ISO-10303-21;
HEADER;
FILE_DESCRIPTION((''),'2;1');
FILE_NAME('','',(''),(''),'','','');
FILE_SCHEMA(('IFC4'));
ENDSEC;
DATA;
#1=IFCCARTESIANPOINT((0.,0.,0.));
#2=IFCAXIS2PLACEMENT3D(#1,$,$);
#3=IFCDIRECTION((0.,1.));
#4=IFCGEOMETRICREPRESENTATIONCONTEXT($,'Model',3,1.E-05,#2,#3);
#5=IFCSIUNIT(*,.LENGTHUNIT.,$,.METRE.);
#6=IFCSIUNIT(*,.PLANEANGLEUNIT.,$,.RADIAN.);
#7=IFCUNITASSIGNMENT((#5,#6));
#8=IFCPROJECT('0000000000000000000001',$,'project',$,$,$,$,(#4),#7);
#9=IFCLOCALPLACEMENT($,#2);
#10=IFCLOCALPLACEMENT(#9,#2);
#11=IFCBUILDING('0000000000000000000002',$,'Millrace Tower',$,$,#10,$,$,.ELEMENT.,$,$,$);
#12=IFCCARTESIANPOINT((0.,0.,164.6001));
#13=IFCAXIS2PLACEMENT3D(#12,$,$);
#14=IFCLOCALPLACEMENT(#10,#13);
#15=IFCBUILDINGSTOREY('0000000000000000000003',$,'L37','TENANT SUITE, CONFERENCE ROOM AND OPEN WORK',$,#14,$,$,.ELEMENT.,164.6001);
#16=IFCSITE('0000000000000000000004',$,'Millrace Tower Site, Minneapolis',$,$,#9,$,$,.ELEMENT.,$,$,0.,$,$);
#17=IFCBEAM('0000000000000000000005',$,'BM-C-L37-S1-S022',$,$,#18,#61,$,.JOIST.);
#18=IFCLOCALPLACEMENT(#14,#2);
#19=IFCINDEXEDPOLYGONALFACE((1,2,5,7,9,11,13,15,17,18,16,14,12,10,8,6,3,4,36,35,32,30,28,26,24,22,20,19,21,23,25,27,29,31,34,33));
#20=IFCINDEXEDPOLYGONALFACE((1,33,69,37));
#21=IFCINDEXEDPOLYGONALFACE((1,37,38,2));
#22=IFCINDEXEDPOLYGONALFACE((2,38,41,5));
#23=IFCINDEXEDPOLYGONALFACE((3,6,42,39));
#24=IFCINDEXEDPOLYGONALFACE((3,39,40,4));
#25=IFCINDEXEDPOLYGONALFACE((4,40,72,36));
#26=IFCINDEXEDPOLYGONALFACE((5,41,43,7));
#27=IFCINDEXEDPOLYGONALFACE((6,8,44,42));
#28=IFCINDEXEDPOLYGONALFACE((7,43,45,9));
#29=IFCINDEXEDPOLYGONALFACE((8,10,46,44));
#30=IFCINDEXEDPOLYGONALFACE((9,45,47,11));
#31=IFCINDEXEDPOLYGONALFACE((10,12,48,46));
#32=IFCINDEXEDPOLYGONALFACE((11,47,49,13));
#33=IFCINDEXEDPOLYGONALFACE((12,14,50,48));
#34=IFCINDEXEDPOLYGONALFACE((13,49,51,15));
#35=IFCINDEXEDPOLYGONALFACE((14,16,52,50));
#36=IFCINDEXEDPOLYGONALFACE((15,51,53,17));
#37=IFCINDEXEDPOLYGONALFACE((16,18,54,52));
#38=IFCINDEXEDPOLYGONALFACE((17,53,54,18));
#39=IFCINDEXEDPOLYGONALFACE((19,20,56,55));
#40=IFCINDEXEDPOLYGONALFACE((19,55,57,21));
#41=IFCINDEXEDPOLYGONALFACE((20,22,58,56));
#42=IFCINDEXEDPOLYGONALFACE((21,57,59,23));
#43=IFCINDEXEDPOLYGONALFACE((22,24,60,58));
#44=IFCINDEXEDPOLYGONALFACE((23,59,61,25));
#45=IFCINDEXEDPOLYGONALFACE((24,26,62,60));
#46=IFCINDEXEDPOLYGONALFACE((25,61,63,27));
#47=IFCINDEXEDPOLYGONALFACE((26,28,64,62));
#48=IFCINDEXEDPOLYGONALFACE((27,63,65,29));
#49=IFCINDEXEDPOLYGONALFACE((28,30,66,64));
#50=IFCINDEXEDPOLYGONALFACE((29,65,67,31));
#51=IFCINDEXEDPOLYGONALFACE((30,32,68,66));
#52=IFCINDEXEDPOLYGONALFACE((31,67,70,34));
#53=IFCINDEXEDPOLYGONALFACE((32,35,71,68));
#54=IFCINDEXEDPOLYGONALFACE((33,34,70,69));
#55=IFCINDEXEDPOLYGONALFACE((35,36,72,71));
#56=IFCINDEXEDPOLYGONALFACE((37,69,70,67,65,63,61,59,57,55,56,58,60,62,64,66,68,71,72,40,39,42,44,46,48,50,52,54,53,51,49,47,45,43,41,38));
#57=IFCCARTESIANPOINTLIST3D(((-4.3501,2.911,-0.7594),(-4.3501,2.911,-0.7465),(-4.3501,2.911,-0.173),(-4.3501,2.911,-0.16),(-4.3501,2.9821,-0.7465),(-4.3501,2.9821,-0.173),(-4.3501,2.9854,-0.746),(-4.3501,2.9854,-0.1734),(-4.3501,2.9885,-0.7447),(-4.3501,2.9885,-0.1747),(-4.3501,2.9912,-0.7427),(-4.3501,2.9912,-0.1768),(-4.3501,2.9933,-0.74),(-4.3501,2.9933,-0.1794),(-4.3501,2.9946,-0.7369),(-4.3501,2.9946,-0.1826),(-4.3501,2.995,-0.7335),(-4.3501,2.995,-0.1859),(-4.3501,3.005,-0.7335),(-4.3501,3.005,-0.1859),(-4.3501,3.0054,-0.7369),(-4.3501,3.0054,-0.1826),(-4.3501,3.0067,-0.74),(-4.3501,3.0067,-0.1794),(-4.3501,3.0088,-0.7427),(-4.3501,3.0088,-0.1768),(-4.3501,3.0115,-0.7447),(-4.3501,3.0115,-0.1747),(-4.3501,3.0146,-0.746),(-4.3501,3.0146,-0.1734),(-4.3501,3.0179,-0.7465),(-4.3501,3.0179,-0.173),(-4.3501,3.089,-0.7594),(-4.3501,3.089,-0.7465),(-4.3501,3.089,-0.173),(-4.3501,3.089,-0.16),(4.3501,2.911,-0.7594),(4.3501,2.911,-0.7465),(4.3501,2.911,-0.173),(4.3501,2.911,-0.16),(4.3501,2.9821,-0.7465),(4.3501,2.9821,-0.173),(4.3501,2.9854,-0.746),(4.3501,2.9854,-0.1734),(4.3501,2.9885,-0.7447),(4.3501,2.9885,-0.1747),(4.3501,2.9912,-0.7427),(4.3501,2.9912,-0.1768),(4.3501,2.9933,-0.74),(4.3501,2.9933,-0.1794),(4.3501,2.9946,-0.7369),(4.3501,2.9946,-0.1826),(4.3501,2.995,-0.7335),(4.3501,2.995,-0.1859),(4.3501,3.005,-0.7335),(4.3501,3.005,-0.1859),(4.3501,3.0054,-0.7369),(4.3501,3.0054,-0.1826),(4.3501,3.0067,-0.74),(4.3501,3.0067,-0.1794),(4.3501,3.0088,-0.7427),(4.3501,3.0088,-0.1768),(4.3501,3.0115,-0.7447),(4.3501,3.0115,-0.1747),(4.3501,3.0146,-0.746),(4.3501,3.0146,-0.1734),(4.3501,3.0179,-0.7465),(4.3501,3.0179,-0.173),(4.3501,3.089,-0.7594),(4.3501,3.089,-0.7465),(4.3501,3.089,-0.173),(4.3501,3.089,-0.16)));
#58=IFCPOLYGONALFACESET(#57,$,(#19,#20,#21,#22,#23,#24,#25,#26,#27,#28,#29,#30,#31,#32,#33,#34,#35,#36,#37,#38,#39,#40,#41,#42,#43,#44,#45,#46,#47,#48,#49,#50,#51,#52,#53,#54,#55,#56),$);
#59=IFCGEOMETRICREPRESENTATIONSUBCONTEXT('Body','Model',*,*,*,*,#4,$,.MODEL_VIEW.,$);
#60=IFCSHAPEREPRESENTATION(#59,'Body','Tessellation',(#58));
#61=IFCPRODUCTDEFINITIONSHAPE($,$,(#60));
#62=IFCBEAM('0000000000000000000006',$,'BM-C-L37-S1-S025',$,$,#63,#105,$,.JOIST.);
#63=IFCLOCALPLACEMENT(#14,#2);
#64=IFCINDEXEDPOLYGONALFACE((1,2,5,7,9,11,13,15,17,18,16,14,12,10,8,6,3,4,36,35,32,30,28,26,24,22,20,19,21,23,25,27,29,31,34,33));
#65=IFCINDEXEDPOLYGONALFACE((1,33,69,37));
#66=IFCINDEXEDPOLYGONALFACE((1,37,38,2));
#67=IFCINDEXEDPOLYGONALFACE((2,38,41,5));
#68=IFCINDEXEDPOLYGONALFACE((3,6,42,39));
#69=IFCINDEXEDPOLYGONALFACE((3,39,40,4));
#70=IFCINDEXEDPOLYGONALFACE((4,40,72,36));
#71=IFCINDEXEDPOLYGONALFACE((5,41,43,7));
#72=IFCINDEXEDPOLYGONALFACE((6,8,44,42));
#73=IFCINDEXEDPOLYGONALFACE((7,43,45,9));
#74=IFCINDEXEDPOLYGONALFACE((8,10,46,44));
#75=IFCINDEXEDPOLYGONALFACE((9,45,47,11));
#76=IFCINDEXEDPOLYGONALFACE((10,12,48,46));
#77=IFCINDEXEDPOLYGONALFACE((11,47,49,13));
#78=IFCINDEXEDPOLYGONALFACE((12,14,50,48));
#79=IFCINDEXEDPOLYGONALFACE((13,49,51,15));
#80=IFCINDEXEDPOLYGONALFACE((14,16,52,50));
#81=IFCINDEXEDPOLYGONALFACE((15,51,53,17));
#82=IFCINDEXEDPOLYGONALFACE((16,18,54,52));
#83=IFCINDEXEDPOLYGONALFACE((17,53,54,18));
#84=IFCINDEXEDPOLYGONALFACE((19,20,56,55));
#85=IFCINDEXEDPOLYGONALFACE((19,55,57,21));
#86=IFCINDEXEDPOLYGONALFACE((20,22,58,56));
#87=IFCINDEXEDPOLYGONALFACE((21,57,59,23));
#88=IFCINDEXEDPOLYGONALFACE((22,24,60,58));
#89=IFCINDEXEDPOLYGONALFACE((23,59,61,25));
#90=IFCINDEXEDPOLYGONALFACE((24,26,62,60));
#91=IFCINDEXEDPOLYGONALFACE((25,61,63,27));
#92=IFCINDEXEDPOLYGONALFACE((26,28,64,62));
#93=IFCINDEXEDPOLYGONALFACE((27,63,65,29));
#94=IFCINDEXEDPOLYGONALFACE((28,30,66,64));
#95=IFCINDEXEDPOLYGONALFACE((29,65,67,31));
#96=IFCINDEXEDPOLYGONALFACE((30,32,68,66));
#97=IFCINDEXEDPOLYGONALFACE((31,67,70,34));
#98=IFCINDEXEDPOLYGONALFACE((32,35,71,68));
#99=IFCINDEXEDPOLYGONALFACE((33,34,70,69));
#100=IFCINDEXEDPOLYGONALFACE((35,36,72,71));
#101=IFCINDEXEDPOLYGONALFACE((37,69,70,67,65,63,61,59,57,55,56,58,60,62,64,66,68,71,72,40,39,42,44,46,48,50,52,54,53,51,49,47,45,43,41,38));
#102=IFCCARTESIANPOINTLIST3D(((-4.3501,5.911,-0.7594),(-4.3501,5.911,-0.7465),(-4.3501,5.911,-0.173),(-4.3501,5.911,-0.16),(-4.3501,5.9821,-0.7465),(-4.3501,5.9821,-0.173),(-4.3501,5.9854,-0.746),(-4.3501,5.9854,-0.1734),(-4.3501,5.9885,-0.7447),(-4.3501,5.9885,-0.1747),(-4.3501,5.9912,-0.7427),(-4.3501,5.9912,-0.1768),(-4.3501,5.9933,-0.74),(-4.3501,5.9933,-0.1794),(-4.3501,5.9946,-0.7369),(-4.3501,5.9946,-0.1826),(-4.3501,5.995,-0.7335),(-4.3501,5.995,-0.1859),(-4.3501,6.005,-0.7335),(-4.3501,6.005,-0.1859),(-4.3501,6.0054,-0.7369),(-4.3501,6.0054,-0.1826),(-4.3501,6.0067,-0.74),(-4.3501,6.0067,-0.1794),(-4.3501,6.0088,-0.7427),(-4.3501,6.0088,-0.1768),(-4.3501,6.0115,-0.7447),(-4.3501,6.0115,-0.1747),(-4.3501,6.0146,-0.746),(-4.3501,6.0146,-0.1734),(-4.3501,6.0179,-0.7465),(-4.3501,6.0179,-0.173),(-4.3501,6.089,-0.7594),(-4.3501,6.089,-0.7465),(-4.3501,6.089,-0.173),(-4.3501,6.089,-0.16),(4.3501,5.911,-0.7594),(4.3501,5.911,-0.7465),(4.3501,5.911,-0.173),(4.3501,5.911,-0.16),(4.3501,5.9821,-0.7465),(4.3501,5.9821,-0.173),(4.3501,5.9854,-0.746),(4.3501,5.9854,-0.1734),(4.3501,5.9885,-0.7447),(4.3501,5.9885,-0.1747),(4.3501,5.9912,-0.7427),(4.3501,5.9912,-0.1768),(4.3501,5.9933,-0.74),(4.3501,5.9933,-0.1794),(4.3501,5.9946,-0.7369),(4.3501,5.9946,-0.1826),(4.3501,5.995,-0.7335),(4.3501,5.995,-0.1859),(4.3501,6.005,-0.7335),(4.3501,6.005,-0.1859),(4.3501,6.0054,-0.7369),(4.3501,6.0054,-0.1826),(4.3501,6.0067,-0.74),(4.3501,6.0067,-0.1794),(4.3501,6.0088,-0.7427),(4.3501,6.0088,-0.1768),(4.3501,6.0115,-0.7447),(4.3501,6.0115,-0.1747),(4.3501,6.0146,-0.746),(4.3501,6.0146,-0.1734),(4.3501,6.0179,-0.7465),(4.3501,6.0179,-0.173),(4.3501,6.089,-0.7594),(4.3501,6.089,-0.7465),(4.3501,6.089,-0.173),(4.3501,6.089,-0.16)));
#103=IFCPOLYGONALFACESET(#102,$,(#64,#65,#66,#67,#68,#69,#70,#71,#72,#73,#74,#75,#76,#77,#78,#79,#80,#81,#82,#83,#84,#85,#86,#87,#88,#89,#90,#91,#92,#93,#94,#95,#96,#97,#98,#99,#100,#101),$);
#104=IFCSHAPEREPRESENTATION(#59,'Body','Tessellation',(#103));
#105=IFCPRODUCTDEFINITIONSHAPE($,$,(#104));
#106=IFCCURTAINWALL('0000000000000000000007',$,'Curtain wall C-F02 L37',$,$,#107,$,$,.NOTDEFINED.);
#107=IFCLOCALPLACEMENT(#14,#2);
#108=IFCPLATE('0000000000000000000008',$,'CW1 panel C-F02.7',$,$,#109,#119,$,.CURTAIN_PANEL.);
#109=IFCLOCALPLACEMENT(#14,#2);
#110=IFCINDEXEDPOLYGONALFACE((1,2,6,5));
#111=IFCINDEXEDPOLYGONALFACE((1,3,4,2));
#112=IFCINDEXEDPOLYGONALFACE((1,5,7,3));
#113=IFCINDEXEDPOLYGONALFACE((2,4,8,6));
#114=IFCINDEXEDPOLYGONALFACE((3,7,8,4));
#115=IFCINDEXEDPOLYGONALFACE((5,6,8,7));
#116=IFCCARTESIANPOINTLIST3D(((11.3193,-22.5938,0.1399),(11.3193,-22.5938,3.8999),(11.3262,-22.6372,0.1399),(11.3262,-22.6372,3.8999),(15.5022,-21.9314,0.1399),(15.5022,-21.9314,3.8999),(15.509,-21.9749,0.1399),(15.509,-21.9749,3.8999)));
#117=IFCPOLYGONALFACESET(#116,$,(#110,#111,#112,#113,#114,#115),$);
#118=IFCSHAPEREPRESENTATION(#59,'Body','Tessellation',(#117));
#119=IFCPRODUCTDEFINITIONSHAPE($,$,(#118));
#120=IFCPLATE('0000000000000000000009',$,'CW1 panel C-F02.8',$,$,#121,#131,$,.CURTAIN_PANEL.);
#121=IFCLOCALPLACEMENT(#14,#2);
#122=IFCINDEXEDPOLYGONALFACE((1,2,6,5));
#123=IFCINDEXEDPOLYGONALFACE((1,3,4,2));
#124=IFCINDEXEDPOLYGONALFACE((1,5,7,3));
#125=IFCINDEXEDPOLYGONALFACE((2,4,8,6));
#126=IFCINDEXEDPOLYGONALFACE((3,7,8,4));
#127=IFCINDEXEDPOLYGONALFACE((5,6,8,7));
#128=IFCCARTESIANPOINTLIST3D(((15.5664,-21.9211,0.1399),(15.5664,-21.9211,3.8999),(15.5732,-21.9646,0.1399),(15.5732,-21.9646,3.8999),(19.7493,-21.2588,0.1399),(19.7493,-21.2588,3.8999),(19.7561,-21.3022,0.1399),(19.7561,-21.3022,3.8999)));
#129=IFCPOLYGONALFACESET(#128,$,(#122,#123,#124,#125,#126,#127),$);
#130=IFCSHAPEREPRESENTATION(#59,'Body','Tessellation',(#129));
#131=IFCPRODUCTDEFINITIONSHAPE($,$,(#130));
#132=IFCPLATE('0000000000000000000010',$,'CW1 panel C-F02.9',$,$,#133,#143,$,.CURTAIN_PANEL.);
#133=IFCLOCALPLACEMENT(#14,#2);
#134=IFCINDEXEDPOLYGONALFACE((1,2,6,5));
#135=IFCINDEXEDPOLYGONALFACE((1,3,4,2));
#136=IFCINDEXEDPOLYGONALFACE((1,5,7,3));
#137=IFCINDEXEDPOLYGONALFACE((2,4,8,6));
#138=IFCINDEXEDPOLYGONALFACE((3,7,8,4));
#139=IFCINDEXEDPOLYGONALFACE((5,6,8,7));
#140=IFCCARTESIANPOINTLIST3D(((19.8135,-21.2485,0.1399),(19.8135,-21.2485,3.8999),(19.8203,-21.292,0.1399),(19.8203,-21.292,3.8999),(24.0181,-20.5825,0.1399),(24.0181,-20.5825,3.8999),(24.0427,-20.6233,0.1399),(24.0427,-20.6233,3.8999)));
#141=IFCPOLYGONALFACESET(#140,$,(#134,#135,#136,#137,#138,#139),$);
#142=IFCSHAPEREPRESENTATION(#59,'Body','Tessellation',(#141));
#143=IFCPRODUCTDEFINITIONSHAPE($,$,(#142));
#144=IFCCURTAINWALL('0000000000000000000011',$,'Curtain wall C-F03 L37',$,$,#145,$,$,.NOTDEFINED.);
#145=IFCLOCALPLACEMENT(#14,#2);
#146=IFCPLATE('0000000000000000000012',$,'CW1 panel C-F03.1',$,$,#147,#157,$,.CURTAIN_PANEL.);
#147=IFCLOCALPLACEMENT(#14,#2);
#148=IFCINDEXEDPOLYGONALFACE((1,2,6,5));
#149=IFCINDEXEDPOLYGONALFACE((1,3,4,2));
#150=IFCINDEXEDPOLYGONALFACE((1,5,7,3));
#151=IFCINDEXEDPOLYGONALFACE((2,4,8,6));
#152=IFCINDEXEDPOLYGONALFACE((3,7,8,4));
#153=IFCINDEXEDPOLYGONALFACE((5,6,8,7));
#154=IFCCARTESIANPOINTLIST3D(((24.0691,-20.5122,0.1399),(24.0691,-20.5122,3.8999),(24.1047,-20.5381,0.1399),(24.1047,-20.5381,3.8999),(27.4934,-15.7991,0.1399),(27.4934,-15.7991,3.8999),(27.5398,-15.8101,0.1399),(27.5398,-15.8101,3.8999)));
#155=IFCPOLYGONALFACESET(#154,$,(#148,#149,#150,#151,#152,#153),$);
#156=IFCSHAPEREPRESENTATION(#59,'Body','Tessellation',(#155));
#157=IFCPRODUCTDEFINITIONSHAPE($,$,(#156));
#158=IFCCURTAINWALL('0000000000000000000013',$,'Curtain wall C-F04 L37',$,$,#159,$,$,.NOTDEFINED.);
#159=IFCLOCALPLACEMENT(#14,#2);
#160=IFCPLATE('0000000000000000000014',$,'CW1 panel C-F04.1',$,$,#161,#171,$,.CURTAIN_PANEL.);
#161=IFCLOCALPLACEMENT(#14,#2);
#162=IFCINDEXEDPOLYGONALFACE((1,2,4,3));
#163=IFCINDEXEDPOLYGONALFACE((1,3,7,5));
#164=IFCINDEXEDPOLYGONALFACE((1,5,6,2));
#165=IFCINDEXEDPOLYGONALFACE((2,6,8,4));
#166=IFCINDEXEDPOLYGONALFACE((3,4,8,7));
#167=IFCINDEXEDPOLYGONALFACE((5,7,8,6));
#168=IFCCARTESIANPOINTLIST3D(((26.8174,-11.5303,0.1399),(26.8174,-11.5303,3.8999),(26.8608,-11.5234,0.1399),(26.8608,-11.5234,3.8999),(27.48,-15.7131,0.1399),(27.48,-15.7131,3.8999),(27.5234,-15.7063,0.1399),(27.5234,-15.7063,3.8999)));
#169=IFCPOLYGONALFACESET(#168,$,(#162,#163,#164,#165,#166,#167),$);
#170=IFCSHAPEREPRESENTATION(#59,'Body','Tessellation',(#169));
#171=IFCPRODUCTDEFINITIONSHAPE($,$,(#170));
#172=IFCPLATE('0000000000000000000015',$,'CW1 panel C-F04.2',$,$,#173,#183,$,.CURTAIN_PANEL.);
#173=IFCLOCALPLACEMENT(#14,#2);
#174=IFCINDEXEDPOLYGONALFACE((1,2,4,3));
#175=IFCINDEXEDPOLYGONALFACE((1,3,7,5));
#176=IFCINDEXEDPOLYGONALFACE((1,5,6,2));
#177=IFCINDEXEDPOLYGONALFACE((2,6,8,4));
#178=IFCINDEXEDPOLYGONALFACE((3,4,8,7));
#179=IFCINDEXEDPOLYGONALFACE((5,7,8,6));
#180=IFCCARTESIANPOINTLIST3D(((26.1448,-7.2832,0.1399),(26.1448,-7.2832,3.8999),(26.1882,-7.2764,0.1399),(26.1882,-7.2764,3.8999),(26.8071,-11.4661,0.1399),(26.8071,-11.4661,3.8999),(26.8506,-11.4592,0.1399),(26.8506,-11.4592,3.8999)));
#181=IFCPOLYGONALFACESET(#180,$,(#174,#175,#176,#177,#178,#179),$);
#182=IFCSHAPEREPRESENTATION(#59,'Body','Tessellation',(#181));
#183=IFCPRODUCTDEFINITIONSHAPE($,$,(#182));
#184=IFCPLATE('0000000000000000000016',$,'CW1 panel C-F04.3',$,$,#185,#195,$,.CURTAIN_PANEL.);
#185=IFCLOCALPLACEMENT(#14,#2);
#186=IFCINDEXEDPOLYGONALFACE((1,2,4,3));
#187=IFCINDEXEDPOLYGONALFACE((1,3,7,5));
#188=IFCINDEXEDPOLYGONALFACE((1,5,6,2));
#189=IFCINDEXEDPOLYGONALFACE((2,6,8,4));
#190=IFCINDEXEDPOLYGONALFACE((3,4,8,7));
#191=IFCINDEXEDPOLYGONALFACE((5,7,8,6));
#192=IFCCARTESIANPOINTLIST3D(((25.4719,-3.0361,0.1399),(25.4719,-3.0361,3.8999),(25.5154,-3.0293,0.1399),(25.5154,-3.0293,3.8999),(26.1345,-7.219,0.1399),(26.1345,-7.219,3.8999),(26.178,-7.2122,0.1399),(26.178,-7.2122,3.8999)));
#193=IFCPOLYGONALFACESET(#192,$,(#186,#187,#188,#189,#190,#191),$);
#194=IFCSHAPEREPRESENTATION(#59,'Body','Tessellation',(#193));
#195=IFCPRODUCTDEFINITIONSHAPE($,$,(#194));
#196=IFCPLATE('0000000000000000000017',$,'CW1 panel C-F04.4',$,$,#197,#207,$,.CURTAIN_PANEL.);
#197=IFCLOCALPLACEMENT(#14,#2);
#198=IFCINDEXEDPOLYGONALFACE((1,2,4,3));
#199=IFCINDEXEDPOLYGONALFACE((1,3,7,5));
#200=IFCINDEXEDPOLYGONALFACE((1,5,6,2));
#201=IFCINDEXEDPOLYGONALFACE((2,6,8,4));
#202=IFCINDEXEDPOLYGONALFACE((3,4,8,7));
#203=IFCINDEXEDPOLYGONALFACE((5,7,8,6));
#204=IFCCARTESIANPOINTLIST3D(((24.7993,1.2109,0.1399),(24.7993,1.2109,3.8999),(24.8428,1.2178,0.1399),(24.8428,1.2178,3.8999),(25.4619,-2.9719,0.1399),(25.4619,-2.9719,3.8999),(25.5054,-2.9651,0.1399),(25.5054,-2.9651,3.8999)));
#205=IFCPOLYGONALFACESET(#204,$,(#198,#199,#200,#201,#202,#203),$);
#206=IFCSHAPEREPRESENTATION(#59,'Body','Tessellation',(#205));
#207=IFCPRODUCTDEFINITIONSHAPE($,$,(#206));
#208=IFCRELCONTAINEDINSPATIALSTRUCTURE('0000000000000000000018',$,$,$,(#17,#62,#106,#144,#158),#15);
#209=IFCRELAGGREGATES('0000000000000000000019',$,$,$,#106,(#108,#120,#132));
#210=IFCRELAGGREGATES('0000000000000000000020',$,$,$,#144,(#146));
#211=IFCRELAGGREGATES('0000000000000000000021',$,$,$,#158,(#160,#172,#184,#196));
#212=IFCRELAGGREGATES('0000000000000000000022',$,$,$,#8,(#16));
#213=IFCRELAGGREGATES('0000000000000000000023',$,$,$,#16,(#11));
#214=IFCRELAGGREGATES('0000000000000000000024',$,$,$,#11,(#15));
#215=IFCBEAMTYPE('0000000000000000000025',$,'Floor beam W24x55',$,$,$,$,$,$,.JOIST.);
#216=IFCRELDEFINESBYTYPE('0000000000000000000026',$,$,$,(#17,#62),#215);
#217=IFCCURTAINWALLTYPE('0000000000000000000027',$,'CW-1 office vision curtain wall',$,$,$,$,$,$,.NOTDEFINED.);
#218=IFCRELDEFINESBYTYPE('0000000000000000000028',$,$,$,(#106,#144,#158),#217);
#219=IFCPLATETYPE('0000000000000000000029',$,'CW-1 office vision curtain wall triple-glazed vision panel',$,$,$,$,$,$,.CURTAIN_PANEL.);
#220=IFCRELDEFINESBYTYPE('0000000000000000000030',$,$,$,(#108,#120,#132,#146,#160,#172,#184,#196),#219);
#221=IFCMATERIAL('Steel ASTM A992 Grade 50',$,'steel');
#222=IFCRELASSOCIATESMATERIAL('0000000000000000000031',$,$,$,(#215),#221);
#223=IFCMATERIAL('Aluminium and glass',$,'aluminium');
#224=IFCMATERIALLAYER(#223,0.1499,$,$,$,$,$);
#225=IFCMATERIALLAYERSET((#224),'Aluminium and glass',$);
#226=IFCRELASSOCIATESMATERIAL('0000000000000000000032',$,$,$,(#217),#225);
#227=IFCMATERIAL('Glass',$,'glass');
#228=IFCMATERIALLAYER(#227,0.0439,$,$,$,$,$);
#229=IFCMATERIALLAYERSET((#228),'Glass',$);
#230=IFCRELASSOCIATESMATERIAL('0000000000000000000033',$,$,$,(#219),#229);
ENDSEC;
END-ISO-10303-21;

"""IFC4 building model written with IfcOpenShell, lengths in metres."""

from ifc_helpers import new_model, si_unit, direction, frame, origin, origin_2d, place, context, subcontext, project, spatial, polyline, i_section, outline, extrude, material, layer, layer_set, material_profile, profile_set, type_object, element, aggregate, save


model = new_model("IFC4")

# Units and contexts
model_context = context("Model", 3, precision=1e-05, world=origin(), true_north=direction((0.0, 1.0)))
body_context = subcontext(model_context, "Body", "Model", "MODEL_VIEW")
ifc_project = project(units=[si_unit("LENGTHUNIT", "METRE"), si_unit("PLANEANGLEUNIT", "RADIAN")], contexts=[model_context])

# Site, building, storey
site_placement = place(None, origin())
site = spatial("IfcSite", under=ifc_project, at=site_placement, Name="Millrace Tower Site, Minneapolis", CompositionType="ELEMENT", RefElevation=0.0)
building_placement = place(site_placement, origin())
building = spatial("IfcBuilding", under=site, at=building_placement, Name="Millrace Tower", CompositionType="ELEMENT")
storey_placement = place(building_placement, frame((0.0, 0.0, 164.6001)))
storey = spatial("IfcBuildingStorey", under=building, at=storey_placement, Name="L37", Description="TENANT SUITE, CONFERENCE ROOM AND OPEN WORK", CompositionType="ELEMENT", Elevation=164.6001)

# Beams
ifc_material_1 = material(Name="Steel ASTM A992 Grade 50", Category="steel")
ifc_material_profile = material_profile(ifc_material_1, i_section(OverallWidth=0.178, OverallDepth=0.5994, WebThickness=0.01, FlangeThickness=0.0129, FilletRadius=0.0129, at=origin_2d()))
ifc_profile_set = profile_set([ifc_material_profile], Name="Steel ASTM A992 Grade 50")
beam_type = type_object("IfcBeamType", Name="Floor beam W24x55", PredefinedType="JOIST", material=ifc_profile_set)
for number, where, z_axis, x_axis, name in (
    (1, (-4.3501, 3.0, -0.4597), (1.0, 0.0, 0.0), (0.0, 1.0, 0.0), "BM-C-L37-S1-S022"),
    (2, (-4.3501, 6.0, -0.4597), (1.0, 0.0, 0.0), (0.0, 1.0, 0.0), "BM-C-L37-S1-S025"),
):
    element("IfcBeam", number, at=place(storey_placement, frame(where, z_axis=z_axis, x_axis=x_axis)), inside=storey, type_object=beam_type, Name=name, PredefinedType="JOIST", context=body_context, shape_type="SweptSolid", body=[
        extrude(i_section(OverallWidth=0.178, OverallDepth=0.5994, WebThickness=0.01, FlangeThickness=0.0129, FilletRadius=0.0129, at=origin_2d()), origin(), (0.0, 0.0, 1.0), 8.7002),
    ])

# Curtain wall, plates
ifc_material_2 = material(Name="Aluminium and glass", Category="aluminium")
ifc_layer_1 = layer(ifc_material_2, 0.1499)
ifc_layer_set_1 = layer_set([ifc_layer_1], Name="Aluminium and glass")
curtain_wall_type = type_object("IfcCurtainWallType", Name="CW-1 office vision curtain wall", PredefinedType="NOTDEFINED", material=ifc_layer_set_1)
placement_1 = place(storey_placement, origin())
curtain_wall_1 = element("IfcCurtainWall", 3, at=placement_1, inside=storey, type_object=curtain_wall_type, Name="Curtain wall C-F02 L37", PredefinedType="NOTDEFINED")
ifc_material_3 = material(Name="Glass", Category="glass")
ifc_layer_2 = layer(ifc_material_3, 0.0439)
ifc_layer_set_2 = layer_set([ifc_layer_2], Name="Glass")
plate_type = type_object("IfcPlateType", Name="CW-1 office vision curtain wall triple-glazed vision panel", PredefinedType="CURTAIN_PANEL", material=ifc_layer_set_2)
placement_2 = place(storey_placement, frame((0.0, 0.0, 0.1399)))
plate_1 = element("IfcPlate", 4, at=placement_2, type_object=plate_type, Name="CW1 panel C-F02.7", PredefinedType="CURTAIN_PANEL", context=body_context, shape_type="SweptSolid", body=[
    extrude(outline(polyline([(11.3262, -22.6372), (15.509, -21.9749), (15.5022, -21.9314), (11.3193, -22.5938), (11.3262, -22.6372)])), origin(), (0.0, 0.0, 1.0), 3.76),
])
plate_2 = element("IfcPlate", 5, at=placement_2, type_object=plate_type, Name="CW1 panel C-F02.8", PredefinedType="CURTAIN_PANEL", context=body_context, shape_type="SweptSolid", body=[
    extrude(outline(polyline([(15.5732, -21.9646), (19.7561, -21.3022), (19.7493, -21.2588), (15.5664, -21.9211), (15.5732, -21.9646)])), origin(), (0.0, 0.0, 1.0), 3.76),
])
plate_3 = element("IfcPlate", 6, at=placement_2, type_object=plate_type, Name="CW1 panel C-F02.9", PredefinedType="CURTAIN_PANEL", context=body_context, shape_type="SweptSolid", body=[
    extrude(outline(polyline([(19.8203, -21.292), (24.0427, -20.6233), (24.0181, -20.5825), (19.8135, -21.2485), (19.8203, -21.292)])), origin(), (0.0, 0.0, 1.0), 3.76),
])
aggregate(curtain_wall_1, [plate_1, plate_2, plate_3])

# Curtain wall, plate
curtain_wall_2 = element("IfcCurtainWall", 7, at=placement_1, inside=storey, type_object=curtain_wall_type, Name="Curtain wall C-F03 L37", PredefinedType="NOTDEFINED")
plate_4 = element("IfcPlate", 8, at=placement_2, type_object=plate_type, Name="CW1 panel C-F03.1", PredefinedType="CURTAIN_PANEL", context=body_context, shape_type="SweptSolid", body=[
    extrude(outline(polyline([(24.1047, -20.5381), (27.5398, -15.8101), (27.4934, -15.7991), (24.0691, -20.5122), (24.1047, -20.5381)])), origin(), (0.0, 0.0, 1.0), 3.76),
])
aggregate(curtain_wall_2, [plate_4])

# Curtain wall, plates
curtain_wall_3 = element("IfcCurtainWall", 9, at=placement_1, inside=storey, type_object=curtain_wall_type, Name="Curtain wall C-F04 L37", PredefinedType="NOTDEFINED")
plate_5 = element("IfcPlate", 10, at=placement_2, type_object=plate_type, Name="CW1 panel C-F04.1", PredefinedType="CURTAIN_PANEL", context=body_context, shape_type="SweptSolid", body=[
    extrude(outline(polyline([(27.5234, -15.7063), (26.8608, -11.5234), (26.8174, -11.5303), (27.48, -15.7131), (27.5234, -15.7063)])), origin(), (0.0, 0.0, 1.0), 3.76),
])
plate_6 = element("IfcPlate", 11, at=placement_2, type_object=plate_type, Name="CW1 panel C-F04.2", PredefinedType="CURTAIN_PANEL", context=body_context, shape_type="SweptSolid", body=[
    extrude(outline(polyline([(26.8506, -11.4592), (26.1882, -7.2764), (26.1448, -7.2832), (26.8071, -11.4661), (26.8506, -11.4592)])), origin(), (0.0, 0.0, 1.0), 3.76),
])
plate_7 = element("IfcPlate", 12, at=placement_2, type_object=plate_type, Name="CW1 panel C-F04.3", PredefinedType="CURTAIN_PANEL", context=body_context, shape_type="SweptSolid", body=[
    extrude(outline(polyline([(26.178, -7.2122), (25.5154, -3.0293), (25.4719, -3.0361), (26.1345, -7.219), (26.178, -7.2122)])), origin(), (0.0, 0.0, 1.0), 3.76),
])
plate_8 = element("IfcPlate", 13, at=placement_2, type_object=plate_type, Name="CW1 panel C-F04.4", PredefinedType="CURTAIN_PANEL", context=body_context, shape_type="SweptSolid", body=[
    extrude(outline(polyline([(25.5054, -2.9651), (24.8428, 1.2178), (24.7993, 1.2109), (25.4619, -2.9719), (25.5054, -2.9651)])), origin(), (0.0, 0.0, 1.0), 3.76),
])
aggregate(curtain_wall_3, [plate_5, plate_6, plate_7, plate_8])

save(model, "model.ifc")
